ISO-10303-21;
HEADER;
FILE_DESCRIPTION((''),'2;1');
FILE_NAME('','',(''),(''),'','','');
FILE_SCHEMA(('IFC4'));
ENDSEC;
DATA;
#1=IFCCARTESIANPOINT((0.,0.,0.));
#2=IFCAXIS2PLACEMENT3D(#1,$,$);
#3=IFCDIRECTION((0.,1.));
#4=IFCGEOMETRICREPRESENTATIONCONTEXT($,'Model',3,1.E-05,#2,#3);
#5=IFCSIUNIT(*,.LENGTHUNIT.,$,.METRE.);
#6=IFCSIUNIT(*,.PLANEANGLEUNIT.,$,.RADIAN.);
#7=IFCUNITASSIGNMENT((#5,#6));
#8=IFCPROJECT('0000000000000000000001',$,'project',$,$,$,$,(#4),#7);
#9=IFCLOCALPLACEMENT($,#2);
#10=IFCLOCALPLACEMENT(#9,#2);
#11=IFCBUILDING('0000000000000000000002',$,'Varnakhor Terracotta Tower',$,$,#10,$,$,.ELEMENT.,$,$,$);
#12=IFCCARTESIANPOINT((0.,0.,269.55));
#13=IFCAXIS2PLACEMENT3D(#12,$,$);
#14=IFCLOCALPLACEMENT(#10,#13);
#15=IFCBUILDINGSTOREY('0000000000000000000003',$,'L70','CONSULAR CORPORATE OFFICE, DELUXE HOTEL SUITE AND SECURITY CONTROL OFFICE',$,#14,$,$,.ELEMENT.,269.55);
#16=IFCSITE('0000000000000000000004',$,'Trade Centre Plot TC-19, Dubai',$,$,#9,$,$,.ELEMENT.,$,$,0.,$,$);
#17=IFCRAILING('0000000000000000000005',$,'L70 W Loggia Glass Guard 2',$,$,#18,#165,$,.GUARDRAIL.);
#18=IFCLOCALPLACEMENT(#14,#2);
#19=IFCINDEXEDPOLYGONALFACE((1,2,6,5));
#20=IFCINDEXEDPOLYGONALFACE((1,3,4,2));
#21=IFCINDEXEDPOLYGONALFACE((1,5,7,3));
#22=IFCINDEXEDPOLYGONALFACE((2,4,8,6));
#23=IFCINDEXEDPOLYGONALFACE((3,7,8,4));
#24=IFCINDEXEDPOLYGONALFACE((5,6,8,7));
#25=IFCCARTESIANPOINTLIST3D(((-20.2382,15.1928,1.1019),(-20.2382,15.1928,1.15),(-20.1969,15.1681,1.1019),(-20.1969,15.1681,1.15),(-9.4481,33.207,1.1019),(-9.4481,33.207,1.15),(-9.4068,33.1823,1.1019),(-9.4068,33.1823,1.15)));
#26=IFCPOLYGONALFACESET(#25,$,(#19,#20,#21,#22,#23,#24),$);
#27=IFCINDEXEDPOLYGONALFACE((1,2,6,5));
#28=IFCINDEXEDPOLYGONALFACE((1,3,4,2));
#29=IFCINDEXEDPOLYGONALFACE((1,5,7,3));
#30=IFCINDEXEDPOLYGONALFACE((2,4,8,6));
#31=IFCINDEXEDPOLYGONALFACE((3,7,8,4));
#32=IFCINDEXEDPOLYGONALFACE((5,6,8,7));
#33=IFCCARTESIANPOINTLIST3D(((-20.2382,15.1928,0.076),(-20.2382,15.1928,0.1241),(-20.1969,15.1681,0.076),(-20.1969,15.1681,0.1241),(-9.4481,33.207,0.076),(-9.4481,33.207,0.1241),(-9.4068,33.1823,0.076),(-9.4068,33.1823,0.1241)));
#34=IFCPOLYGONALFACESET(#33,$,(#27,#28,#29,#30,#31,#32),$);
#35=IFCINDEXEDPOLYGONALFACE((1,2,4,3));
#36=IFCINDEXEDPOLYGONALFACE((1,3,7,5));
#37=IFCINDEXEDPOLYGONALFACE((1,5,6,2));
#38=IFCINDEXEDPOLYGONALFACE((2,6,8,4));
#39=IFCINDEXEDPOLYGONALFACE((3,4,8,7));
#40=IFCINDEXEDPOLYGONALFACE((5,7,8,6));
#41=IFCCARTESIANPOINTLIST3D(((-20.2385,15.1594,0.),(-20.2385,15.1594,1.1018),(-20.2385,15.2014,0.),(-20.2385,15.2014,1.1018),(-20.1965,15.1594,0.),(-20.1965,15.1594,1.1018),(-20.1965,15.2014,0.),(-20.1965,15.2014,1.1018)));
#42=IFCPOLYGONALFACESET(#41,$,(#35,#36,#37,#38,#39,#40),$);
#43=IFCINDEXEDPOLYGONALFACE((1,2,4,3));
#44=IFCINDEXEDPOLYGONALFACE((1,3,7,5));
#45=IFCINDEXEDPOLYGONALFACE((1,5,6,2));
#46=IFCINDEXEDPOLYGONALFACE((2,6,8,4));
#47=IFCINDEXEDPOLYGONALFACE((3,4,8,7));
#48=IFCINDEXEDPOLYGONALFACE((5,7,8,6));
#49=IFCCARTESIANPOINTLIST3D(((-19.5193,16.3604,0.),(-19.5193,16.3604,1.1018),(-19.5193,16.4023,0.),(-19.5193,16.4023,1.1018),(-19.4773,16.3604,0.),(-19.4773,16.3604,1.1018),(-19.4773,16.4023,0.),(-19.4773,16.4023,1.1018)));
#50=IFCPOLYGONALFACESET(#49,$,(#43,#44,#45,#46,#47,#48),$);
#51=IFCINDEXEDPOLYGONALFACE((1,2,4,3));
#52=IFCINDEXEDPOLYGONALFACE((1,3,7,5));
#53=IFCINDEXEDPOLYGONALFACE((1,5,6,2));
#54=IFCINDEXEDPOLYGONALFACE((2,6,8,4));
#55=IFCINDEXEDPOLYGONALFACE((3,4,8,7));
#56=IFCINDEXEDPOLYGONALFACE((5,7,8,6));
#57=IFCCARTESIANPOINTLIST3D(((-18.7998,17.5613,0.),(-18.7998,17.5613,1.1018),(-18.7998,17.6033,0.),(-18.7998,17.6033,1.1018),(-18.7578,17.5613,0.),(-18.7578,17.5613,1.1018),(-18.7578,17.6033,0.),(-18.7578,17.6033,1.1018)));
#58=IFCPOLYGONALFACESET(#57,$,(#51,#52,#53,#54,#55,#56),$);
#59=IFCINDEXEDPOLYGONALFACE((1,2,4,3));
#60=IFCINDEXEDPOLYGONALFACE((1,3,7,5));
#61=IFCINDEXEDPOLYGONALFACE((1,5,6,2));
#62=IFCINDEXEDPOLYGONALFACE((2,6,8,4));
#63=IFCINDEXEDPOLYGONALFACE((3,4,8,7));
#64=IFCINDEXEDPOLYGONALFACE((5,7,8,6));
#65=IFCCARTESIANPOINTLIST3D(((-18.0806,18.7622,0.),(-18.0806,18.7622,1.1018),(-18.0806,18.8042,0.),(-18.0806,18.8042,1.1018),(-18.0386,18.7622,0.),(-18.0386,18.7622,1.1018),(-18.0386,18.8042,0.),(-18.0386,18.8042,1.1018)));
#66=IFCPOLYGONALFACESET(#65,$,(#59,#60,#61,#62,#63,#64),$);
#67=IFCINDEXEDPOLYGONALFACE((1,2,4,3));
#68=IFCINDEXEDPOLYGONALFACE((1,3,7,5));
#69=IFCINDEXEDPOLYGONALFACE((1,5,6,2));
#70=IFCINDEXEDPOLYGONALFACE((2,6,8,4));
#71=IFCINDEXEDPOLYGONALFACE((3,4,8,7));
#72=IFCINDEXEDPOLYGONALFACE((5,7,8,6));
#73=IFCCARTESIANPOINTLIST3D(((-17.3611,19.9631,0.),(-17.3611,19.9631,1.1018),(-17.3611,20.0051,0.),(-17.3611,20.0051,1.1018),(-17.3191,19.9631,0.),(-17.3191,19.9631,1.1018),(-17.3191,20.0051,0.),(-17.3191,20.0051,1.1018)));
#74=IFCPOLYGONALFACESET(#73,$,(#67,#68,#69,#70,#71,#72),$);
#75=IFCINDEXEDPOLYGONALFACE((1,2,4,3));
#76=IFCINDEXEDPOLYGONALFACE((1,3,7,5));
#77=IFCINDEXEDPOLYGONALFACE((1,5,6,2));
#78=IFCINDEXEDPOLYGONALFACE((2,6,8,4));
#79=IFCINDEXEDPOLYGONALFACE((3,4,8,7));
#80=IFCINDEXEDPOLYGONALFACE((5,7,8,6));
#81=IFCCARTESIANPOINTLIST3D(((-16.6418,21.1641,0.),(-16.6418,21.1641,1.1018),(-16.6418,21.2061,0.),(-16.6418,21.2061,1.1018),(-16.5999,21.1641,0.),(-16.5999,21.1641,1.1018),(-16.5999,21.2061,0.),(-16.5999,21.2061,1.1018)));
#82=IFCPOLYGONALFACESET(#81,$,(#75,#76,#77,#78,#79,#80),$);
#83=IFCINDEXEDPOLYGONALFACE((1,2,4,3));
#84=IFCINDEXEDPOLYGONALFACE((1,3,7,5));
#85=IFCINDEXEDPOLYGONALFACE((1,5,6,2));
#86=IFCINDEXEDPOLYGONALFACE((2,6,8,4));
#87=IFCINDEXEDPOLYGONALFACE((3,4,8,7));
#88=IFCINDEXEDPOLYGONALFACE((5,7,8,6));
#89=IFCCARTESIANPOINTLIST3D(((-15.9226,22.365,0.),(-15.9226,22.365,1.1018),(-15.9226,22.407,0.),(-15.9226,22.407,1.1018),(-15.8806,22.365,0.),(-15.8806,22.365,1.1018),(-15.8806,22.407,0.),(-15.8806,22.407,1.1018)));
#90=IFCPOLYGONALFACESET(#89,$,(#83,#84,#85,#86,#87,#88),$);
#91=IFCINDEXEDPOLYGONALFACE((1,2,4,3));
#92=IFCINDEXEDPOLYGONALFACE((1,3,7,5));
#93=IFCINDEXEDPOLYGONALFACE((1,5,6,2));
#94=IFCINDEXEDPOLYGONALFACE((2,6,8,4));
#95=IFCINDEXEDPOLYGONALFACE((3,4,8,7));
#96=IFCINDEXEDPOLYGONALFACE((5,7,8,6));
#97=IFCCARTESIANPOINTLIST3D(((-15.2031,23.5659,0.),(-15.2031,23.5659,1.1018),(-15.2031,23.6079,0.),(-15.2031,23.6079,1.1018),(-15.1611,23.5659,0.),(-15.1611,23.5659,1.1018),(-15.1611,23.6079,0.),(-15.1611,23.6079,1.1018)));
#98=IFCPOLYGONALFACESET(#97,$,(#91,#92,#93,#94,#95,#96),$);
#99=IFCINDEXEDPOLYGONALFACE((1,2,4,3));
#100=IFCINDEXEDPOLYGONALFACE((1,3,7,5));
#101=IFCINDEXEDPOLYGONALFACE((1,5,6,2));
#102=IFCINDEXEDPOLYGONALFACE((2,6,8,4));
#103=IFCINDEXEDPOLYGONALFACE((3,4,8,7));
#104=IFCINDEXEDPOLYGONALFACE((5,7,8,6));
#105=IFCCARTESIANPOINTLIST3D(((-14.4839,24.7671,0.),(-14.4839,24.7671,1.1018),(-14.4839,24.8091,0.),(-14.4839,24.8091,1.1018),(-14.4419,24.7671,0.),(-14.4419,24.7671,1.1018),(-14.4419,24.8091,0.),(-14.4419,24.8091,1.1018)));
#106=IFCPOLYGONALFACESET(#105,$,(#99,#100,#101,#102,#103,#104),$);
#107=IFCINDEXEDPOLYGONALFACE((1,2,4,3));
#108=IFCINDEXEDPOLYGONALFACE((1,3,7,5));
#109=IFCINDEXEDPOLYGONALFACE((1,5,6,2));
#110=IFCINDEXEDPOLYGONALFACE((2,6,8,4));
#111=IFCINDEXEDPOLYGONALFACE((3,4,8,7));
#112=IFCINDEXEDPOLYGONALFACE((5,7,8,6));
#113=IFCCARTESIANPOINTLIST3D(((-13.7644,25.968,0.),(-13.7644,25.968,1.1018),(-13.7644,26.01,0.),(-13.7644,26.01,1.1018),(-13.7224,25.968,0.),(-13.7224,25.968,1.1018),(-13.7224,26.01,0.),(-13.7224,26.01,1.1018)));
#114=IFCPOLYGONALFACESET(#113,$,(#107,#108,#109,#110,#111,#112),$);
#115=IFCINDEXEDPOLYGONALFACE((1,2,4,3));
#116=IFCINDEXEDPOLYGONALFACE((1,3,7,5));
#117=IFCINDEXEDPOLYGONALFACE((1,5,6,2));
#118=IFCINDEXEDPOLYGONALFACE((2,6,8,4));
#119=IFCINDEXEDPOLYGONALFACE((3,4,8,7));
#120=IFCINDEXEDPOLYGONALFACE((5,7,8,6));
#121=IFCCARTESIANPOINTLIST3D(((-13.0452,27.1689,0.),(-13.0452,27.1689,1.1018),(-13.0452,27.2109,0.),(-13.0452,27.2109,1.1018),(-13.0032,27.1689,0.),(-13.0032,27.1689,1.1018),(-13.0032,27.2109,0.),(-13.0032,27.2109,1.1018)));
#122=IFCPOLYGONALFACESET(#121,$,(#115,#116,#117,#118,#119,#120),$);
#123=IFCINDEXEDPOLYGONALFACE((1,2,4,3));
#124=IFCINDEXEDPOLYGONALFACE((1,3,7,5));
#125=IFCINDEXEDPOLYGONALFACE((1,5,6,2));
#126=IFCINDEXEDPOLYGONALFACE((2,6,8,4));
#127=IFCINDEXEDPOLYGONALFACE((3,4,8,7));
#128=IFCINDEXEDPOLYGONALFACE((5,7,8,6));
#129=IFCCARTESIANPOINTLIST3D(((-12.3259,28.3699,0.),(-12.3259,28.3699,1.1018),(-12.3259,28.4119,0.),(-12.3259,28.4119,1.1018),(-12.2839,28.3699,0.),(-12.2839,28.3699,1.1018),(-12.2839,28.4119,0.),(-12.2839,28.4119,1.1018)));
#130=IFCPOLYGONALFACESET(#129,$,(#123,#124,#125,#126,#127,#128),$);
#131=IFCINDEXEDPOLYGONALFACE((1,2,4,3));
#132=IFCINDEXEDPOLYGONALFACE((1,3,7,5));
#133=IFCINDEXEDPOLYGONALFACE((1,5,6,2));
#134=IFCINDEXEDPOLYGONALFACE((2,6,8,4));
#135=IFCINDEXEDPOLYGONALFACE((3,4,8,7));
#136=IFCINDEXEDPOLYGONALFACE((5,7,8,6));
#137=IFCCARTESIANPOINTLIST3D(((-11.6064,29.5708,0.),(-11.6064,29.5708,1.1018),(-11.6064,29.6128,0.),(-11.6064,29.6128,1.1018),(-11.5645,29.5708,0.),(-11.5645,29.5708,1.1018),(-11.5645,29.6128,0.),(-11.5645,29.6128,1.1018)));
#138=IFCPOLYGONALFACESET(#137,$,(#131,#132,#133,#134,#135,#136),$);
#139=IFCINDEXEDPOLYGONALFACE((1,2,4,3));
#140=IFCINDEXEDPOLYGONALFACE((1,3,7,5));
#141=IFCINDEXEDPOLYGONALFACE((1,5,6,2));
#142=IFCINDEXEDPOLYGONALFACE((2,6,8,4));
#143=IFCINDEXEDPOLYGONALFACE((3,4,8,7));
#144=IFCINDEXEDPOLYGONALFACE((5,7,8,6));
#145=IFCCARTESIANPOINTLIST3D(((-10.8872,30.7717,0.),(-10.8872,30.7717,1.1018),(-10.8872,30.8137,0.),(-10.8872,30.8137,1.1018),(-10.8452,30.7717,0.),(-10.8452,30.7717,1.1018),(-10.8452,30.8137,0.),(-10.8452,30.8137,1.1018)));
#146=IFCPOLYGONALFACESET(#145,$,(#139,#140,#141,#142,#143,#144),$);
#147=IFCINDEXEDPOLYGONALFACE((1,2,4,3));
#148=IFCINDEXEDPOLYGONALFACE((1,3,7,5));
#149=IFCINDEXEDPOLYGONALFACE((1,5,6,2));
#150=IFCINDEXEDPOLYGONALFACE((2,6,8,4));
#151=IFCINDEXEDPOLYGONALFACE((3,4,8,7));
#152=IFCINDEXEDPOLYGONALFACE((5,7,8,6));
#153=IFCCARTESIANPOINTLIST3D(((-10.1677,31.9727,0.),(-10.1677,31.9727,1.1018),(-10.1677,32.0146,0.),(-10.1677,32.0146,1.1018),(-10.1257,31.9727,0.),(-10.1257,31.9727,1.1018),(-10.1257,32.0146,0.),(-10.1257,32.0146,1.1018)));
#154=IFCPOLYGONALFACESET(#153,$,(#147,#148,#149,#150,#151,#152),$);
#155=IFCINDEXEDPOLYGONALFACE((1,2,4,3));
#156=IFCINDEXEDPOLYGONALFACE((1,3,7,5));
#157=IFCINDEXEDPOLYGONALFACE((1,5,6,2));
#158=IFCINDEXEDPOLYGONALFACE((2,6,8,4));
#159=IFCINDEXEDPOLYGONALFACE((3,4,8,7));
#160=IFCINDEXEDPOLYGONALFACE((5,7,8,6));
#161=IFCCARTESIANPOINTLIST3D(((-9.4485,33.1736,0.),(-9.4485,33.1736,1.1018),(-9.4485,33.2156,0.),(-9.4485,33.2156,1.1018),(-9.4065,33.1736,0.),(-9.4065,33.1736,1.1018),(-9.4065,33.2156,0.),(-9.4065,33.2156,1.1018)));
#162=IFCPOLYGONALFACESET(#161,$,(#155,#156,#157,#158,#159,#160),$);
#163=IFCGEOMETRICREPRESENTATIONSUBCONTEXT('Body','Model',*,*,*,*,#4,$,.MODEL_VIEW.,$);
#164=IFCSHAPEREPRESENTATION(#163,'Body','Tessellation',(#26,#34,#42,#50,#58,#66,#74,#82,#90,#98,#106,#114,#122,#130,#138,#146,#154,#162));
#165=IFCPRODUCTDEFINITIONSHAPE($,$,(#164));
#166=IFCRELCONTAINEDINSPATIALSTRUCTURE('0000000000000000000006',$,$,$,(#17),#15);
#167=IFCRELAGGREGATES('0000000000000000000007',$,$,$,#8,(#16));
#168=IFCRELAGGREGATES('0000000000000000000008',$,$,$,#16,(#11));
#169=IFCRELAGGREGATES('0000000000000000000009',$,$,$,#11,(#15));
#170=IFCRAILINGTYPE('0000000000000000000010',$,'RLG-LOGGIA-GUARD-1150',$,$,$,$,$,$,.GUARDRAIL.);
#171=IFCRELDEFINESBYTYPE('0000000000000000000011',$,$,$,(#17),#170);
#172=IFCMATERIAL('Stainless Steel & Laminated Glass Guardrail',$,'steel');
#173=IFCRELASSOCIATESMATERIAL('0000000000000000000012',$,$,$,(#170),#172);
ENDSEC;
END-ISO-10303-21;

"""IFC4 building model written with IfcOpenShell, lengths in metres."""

from ifc_helpers import new_model, si_unit, direction, frame, origin, origin_2d, place, context, subcontext, project, spatial, rectangle, extrude, material, type_object, element, save


model = new_model("IFC4")

# Units and contexts
model_context = context("Model", 3, precision=1e-05, world=origin(), true_north=direction((0.0, 1.0)))
body_context = subcontext(model_context, "Body", "Model", "MODEL_VIEW")
ifc_project = project(units=[si_unit("LENGTHUNIT", "METRE"), si_unit("PLANEANGLEUNIT", "RADIAN")], contexts=[model_context])

# Site, building, storey
site_placement = place(None, origin())
site = spatial("IfcSite", under=ifc_project, at=site_placement, Name="Trade Centre Plot TC-19, Dubai", CompositionType="ELEMENT", RefElevation=0.0)
building_placement = place(site_placement, origin())
building = spatial("IfcBuilding", under=site, at=building_placement, Name="Varnakhor Terracotta Tower", CompositionType="ELEMENT")
storey_placement = place(building_placement, frame((0.0, 0.0, 269.55)))
storey = spatial("IfcBuildingStorey", under=building, at=storey_placement, Name="L70", Description="CONSULAR CORPORATE OFFICE, DELUXE HOTEL SUITE AND SECURITY CONTROL OFFICE", CompositionType="ELEMENT", Elevation=269.55)

# Railing
ifc_material_1 = material(Name="Stainless Steel & Laminated Glass Guardrail", Category="steel")
railing_type = type_object("IfcRailingType", Name="RLG-LOGGIA-GUARD-1150", PredefinedType="GUARDRAIL", material=ifc_material_1)
railing_1_placement = place(storey_placement, frame((-20.2175, 15.1804, 0.0)))
element("IfcRailing", 1, at=railing_1_placement, inside=storey, type_object=railing_type, Name="L70 W Loggia Glass Guard 2", PredefinedType="GUARDRAIL", context=body_context, shape_type="SweptSolid", body=[
    extrude(rectangle(XDim=0.0481, YDim=0.0481, at=origin_2d()), frame((0.0, 0.0, 1.126), z_axis=(0.513849, 0.85788, 0.0), x_axis=(-0.85788, 0.513849, 0.0)), (0.0, 0.0, 1.0), 20.9985),
    extrude(rectangle(XDim=0.0481, YDim=0.0481, at=origin_2d()), frame((0.0, 0.0, 0.1001), z_axis=(0.513849, 0.85788, 0.0), x_axis=(-0.85788, 0.513849, 0.0)), (0.0, 0.0, 1.0), 20.9985),
    extrude(rectangle(XDim=0.042, YDim=0.042, at=origin_2d()), origin(), (0.0, 0.0, 1.0), 1.1018),
    extrude(rectangle(XDim=0.042, YDim=0.042, at=origin_2d()), frame((0.7192, 1.2009, 0.0)), (0.0, 0.0, 1.0), 1.1018),
    extrude(rectangle(XDim=0.042, YDim=0.042, at=origin_2d()), frame((1.4387, 2.4019, 0.0)), (0.0, 0.0, 1.0), 1.1018),
    extrude(rectangle(XDim=0.042, YDim=0.042, at=origin_2d()), frame((2.158, 3.6028, 0.0)), (0.0, 0.0, 1.0), 1.1018),
    extrude(rectangle(XDim=0.042, YDim=0.042, at=origin_2d()), frame((2.8774, 4.8037, 0.0)), (0.0, 0.0, 1.0), 1.1018),
    extrude(rectangle(XDim=0.042, YDim=0.042, at=origin_2d()), frame((3.5967, 6.0046, 0.0)), (0.0, 0.0, 1.0), 1.1018),
    extrude(rectangle(XDim=0.042, YDim=0.042, at=origin_2d()), frame((4.3159, 7.2056, 0.0)), (0.0, 0.0, 1.0), 1.1018),
    extrude(rectangle(XDim=0.042, YDim=0.042, at=origin_2d()), frame((5.0354, 8.4065, 0.0)), (0.0, 0.0, 1.0), 1.1018),
    extrude(rectangle(XDim=0.042, YDim=0.042, at=origin_2d()), frame((5.7546, 9.6077, 0.0)), (0.0, 0.0, 1.0), 1.1018),
    extrude(rectangle(XDim=0.042, YDim=0.042, at=origin_2d()), frame((6.4741, 10.8086, 0.0)), (0.0, 0.0, 1.0), 1.1018),
    extrude(rectangle(XDim=0.042, YDim=0.042, at=origin_2d()), frame((7.1934, 12.0095, 0.0)), (0.0, 0.0, 1.0), 1.1018),
    extrude(rectangle(XDim=0.042, YDim=0.042, at=origin_2d()), frame((7.9126, 13.2104, 0.0)), (0.0, 0.0, 1.0), 1.1018),
    extrude(rectangle(XDim=0.042, YDim=0.042, at=origin_2d()), frame((8.6321, 14.4114, 0.0)), (0.0, 0.0, 1.0), 1.1018),
    extrude(rectangle(XDim=0.042, YDim=0.042, at=origin_2d()), frame((9.3513, 15.6123, 0.0)), (0.0, 0.0, 1.0), 1.1018),
    extrude(rectangle(XDim=0.042, YDim=0.042, at=origin_2d()), frame((10.0708, 16.8132, 0.0)), (0.0, 0.0, 1.0), 1.1018),
    extrude(rectangle(XDim=0.042, YDim=0.042, at=origin_2d()), frame((10.79, 18.0142, 0.0)), (0.0, 0.0, 1.0), 1.1018),
])

save(model, "model.ifc")
